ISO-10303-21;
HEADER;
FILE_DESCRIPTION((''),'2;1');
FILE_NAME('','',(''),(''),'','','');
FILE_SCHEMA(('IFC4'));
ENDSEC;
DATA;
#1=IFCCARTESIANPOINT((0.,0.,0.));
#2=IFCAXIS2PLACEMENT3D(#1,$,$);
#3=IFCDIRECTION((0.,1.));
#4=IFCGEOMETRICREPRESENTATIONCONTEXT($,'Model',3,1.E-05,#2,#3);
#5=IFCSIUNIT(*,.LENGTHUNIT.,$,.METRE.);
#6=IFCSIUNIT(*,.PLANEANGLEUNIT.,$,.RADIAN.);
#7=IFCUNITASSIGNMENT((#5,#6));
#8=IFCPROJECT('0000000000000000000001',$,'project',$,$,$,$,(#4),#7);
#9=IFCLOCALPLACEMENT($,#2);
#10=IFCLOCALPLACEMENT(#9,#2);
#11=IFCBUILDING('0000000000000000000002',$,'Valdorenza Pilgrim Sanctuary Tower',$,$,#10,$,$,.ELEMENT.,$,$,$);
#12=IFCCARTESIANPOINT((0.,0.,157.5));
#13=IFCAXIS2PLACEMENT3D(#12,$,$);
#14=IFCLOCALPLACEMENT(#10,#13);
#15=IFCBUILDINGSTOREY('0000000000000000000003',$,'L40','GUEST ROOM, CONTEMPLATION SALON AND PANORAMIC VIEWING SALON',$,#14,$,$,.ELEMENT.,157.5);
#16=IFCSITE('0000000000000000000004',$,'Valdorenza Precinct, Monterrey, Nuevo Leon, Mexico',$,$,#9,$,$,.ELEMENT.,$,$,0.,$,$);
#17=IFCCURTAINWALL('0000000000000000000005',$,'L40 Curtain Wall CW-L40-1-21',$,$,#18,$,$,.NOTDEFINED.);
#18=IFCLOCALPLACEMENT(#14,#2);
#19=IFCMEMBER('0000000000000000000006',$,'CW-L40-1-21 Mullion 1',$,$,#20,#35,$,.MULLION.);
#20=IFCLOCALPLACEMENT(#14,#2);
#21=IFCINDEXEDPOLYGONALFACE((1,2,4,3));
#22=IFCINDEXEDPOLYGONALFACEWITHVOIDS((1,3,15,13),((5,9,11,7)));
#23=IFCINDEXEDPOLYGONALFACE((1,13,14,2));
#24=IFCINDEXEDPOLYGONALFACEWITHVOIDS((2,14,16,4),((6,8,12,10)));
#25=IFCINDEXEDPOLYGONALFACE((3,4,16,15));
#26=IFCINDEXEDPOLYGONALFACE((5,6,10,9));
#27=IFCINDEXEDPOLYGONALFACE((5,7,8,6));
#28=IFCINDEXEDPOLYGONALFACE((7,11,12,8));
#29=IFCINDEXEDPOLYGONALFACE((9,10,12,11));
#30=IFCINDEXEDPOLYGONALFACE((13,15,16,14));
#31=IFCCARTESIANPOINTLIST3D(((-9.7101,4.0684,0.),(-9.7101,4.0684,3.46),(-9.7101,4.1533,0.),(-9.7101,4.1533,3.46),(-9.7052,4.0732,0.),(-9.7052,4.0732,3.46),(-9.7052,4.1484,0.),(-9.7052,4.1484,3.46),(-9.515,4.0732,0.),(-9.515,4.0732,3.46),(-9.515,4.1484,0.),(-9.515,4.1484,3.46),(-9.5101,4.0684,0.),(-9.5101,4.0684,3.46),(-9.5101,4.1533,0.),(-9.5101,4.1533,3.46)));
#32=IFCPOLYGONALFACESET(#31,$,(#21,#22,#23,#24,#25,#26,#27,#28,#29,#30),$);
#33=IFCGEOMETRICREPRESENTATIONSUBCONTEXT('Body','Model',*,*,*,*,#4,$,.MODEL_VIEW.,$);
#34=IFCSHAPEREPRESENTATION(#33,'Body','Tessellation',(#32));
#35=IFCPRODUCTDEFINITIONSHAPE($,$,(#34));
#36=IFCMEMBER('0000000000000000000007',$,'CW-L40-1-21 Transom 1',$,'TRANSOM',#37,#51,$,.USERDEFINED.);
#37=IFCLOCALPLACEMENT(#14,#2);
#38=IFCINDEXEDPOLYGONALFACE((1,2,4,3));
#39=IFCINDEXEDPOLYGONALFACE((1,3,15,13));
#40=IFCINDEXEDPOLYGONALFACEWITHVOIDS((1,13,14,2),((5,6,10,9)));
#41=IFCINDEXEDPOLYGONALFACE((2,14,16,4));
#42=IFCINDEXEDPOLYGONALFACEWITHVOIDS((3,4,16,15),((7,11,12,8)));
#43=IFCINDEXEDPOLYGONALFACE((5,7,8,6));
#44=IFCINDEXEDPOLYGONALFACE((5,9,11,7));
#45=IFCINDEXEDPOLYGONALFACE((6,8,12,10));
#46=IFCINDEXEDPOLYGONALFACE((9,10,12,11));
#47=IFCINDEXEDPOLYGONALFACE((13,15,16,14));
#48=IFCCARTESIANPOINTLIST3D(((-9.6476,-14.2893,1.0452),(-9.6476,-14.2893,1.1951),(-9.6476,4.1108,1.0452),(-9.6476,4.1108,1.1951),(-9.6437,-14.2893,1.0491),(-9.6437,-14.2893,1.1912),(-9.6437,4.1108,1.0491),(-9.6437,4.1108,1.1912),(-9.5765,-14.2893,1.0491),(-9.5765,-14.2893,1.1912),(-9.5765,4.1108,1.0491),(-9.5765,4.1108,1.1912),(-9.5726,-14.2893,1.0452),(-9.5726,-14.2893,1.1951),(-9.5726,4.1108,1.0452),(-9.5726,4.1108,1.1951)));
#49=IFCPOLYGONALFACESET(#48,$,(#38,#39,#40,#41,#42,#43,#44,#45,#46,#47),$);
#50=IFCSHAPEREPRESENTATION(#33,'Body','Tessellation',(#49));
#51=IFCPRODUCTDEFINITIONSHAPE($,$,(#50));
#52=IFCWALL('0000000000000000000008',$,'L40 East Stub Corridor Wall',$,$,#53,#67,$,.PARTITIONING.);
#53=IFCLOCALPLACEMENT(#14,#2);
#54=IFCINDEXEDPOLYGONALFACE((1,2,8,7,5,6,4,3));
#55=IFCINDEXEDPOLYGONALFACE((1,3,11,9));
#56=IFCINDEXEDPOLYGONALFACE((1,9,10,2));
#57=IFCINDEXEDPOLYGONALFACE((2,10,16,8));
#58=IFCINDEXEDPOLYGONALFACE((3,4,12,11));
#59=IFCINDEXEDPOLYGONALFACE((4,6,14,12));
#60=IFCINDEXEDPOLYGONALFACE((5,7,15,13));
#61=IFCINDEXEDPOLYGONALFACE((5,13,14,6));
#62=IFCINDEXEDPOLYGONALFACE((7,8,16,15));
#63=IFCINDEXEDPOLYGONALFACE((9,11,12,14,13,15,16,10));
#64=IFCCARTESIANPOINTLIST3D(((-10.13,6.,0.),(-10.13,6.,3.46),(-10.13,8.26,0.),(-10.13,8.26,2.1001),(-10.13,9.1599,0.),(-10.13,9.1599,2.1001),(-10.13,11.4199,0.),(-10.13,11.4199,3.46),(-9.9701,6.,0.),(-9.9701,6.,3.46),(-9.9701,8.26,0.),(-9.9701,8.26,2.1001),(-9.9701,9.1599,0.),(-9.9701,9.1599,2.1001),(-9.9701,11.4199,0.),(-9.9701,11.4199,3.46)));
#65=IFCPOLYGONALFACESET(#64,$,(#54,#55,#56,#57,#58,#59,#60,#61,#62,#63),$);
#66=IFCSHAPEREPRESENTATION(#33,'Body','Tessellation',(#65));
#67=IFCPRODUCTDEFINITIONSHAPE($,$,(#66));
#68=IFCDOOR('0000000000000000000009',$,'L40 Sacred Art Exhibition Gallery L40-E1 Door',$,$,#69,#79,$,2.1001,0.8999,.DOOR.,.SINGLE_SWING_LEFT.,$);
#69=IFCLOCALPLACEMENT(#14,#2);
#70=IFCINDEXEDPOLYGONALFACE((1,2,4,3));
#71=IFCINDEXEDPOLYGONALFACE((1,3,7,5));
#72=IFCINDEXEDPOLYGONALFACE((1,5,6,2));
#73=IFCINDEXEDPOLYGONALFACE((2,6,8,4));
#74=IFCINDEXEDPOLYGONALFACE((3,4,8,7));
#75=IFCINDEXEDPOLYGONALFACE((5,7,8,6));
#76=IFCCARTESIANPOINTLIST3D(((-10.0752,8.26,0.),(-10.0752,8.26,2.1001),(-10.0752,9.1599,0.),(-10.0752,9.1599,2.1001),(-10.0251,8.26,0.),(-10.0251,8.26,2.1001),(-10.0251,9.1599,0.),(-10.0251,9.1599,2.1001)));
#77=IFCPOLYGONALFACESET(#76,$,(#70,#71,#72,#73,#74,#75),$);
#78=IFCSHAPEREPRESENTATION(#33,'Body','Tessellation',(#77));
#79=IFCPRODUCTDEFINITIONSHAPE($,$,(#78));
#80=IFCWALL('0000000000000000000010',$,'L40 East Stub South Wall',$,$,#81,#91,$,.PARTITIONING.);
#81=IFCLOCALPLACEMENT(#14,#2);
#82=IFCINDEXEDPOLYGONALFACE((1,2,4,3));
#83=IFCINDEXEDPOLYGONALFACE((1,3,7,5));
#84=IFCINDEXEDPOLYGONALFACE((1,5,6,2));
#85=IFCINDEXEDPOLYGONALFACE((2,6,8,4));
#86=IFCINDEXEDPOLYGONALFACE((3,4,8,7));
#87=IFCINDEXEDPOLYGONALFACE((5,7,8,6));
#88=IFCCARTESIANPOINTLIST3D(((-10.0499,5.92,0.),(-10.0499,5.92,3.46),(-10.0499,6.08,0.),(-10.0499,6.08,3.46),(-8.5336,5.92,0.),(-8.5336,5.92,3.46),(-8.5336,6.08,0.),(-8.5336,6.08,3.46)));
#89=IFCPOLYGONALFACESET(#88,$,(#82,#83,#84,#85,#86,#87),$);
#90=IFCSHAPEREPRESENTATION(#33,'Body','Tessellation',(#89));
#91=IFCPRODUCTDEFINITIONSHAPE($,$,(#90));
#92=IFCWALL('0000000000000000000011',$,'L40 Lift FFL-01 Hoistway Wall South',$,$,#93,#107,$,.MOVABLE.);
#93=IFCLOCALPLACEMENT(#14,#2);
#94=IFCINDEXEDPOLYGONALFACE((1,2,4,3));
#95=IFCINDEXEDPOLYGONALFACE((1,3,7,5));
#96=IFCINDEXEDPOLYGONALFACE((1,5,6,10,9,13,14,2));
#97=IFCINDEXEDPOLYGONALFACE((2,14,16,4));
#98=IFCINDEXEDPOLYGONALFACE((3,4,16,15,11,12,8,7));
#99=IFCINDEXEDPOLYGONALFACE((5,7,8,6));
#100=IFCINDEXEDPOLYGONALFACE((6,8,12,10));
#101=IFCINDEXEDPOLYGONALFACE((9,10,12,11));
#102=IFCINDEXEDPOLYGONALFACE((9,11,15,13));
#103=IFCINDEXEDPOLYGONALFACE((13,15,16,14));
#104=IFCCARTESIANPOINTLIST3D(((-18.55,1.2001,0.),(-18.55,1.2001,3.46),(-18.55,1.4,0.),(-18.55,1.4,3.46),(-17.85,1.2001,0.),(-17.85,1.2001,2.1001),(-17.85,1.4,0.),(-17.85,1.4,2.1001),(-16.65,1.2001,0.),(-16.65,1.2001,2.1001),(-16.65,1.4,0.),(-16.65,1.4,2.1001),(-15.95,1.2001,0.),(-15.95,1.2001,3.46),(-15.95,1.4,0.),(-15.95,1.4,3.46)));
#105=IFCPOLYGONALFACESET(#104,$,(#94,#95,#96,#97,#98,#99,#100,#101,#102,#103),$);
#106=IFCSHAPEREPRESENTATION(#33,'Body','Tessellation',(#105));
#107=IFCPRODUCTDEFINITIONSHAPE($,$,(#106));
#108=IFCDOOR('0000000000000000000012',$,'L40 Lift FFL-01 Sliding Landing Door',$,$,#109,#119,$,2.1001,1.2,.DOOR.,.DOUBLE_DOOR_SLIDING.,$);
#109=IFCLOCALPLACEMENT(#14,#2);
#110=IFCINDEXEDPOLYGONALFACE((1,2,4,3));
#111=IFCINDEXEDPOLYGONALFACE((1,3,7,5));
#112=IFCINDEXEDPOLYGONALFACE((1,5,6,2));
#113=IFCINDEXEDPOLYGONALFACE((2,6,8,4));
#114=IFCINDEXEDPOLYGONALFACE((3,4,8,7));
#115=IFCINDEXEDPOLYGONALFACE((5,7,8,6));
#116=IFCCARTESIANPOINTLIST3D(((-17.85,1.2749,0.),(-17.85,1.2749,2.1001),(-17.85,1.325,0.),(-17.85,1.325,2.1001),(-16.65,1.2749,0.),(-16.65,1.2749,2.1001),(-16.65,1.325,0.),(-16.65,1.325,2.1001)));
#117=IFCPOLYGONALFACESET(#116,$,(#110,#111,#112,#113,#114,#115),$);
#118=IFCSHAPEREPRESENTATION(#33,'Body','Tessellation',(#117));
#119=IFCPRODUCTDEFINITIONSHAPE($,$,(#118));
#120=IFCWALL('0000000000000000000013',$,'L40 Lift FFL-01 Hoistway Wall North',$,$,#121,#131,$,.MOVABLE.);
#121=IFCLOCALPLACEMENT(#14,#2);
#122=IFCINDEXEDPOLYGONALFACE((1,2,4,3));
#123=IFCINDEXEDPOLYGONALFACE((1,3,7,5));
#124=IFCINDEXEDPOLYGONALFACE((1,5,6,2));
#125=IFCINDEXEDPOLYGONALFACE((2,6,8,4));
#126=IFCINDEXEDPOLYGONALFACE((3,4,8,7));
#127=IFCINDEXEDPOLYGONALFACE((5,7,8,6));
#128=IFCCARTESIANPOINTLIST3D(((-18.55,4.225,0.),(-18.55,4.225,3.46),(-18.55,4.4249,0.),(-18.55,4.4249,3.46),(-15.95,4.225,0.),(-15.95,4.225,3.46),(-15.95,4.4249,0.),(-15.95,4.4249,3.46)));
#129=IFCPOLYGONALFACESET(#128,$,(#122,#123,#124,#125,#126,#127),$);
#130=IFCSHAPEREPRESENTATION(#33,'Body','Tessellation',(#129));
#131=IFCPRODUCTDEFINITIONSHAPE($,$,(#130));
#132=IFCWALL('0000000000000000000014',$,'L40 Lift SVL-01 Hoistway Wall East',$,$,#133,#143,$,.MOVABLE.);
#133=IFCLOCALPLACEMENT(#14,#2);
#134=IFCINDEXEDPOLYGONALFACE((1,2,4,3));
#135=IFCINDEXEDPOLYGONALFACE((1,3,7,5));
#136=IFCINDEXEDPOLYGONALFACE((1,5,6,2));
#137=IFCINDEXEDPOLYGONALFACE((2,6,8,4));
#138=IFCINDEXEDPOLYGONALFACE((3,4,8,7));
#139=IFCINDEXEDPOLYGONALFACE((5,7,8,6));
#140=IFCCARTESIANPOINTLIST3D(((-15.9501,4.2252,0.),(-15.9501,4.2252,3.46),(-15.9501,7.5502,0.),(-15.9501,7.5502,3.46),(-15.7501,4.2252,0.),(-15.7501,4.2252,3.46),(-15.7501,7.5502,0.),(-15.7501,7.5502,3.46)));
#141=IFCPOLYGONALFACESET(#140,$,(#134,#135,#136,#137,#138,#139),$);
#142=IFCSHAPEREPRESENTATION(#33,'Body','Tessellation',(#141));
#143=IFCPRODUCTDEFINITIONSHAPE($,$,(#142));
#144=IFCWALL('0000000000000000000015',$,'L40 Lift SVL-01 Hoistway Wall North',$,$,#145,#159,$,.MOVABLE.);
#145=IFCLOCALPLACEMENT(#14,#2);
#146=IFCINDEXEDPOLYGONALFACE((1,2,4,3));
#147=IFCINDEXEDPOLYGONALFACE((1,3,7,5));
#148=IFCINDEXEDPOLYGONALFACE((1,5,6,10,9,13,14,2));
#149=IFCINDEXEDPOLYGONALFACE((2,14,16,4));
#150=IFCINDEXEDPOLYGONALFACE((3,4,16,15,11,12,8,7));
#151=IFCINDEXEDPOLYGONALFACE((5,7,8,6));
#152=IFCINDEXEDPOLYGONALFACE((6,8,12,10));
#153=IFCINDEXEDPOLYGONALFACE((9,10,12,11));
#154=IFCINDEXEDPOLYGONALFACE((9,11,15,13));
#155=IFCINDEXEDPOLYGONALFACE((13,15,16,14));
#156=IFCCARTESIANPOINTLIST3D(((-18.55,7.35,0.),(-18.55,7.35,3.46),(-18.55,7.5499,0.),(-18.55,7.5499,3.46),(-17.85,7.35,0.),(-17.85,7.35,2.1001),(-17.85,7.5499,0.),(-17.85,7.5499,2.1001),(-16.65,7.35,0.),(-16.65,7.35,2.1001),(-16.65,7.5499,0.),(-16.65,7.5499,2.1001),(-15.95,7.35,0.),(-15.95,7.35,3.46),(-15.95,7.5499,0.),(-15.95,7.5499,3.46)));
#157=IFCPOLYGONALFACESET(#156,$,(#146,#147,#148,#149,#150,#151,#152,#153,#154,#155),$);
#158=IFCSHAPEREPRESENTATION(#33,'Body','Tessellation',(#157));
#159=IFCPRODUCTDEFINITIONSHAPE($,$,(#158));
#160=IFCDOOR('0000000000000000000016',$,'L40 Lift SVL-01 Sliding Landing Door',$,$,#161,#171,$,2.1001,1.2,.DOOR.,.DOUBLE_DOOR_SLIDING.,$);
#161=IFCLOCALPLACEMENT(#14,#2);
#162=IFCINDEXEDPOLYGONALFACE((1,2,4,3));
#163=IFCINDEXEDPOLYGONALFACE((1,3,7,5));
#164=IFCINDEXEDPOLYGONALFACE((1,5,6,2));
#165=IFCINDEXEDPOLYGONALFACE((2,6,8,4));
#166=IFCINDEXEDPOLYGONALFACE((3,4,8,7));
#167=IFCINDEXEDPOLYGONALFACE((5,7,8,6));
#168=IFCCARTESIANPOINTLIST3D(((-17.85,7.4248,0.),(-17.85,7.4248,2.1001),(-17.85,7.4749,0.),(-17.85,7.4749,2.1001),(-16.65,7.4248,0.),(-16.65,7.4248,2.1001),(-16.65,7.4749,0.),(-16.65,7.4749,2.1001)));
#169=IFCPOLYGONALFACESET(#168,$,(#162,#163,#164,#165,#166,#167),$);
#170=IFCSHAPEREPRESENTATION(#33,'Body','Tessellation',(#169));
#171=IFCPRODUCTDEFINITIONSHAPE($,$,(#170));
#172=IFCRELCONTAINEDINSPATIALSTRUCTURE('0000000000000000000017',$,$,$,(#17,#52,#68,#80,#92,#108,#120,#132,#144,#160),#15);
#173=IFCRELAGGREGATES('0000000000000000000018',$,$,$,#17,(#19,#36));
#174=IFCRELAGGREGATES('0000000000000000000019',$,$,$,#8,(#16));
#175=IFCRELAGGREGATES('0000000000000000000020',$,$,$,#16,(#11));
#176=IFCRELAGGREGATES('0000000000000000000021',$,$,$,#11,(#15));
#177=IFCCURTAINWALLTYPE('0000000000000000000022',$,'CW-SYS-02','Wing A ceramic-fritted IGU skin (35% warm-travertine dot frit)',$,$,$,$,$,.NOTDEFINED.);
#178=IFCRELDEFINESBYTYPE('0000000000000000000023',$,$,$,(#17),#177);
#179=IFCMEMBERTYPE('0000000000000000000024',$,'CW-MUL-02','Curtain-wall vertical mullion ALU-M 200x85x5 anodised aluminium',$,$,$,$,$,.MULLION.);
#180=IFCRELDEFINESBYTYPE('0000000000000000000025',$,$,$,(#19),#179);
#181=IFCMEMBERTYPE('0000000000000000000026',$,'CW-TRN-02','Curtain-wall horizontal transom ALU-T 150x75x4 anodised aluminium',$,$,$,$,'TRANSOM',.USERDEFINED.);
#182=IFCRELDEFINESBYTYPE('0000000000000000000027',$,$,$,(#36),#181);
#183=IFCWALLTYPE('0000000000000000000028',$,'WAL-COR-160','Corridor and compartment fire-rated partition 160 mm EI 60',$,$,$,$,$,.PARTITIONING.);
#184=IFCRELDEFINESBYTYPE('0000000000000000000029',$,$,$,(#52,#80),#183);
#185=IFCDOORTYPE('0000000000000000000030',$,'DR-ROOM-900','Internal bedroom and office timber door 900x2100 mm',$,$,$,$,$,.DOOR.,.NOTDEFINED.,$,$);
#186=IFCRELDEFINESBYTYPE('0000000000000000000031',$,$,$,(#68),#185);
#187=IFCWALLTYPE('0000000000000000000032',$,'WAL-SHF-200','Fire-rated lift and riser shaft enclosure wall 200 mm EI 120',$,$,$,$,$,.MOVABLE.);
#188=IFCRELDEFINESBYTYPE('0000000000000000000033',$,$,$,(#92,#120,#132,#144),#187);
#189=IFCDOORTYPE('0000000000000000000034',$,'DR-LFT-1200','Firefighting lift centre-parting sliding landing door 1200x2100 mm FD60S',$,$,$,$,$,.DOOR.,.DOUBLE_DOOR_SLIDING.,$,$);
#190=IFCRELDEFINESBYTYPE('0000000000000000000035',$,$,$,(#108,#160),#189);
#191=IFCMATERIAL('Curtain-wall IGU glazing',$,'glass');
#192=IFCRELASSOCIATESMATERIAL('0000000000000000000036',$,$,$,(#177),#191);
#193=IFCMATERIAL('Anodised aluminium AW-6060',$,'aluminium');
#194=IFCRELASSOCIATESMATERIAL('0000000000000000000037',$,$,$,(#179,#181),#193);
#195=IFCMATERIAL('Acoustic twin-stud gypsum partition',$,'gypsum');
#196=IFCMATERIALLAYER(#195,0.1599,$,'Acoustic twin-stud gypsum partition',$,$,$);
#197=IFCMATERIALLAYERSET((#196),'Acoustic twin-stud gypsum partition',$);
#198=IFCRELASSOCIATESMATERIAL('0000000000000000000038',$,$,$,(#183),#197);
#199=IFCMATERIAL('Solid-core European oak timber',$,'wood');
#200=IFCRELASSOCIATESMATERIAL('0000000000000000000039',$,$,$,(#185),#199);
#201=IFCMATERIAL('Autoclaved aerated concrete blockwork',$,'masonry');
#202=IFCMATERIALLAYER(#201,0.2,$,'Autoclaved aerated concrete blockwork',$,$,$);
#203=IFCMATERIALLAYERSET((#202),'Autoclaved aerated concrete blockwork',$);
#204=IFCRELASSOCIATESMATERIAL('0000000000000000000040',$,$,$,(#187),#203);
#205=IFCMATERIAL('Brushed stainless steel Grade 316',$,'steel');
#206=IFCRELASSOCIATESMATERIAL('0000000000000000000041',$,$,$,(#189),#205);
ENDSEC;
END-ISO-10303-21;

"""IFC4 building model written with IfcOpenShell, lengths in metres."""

from ifc_helpers import new_model, si_unit, direction, frame, frame_2d, origin, origin_2d, place, context, subcontext, project, spatial, rectangle, hollow_rectangle, extrude, source, transform, mapped, material, layer, layer_set, material_profile, profile_set, type_object, element, fill, aggregate, save


model = new_model("IFC4")

# Units and contexts
model_context = context("Model", 3, precision=1e-05, world=origin(), true_north=direction((0.0, 1.0)))
body_context = subcontext(model_context, "Body", "Model", "MODEL_VIEW")
ifc_project = project(units=[si_unit("LENGTHUNIT", "METRE"), si_unit("PLANEANGLEUNIT", "RADIAN")], contexts=[model_context])

# Site, building, storey
site_placement = place(None, origin())
site = spatial("IfcSite", under=ifc_project, at=site_placement, Name="Valdorenza Precinct, Monterrey, Nuevo Leon, Mexico", CompositionType="ELEMENT", RefElevation=0.0)
building_placement = place(site_placement, origin())
building = spatial("IfcBuilding", under=site, at=building_placement, Name="Valdorenza Pilgrim Sanctuary Tower", CompositionType="ELEMENT")
storey_placement = place(building_placement, frame((0.0, 0.0, 157.5)))
storey = spatial("IfcBuildingStorey", under=building, at=storey_placement, Name="L40", Description="GUEST ROOM, CONTEMPLATION SALON AND PANORAMIC VIEWING SALON", CompositionType="ELEMENT", Elevation=157.5)

# Curtain wall, members
ifc_material_1 = material(Name="Curtain-wall IGU glazing", Category="glass")
curtain_wall_type = type_object("IfcCurtainWallType", Name="CW-SYS-02", Description="Wing A ceramic-fritted IGU skin (35% warm-travertine dot frit)", PredefinedType="NOTDEFINED", material=ifc_material_1)
curtain_wall_placement = place(storey_placement, origin())
curtain_wall = element("IfcCurtainWall", 1, at=curtain_wall_placement, inside=storey, type_object=curtain_wall_type, Name="L40 Curtain Wall CW-L40-1-21", PredefinedType="NOTDEFINED")
ifc_material_2 = material(Name="Anodised aluminium AW-6060", Category="aluminium")
ifc_material_profile_1 = material_profile(ifc_material_2, hollow_rectangle(XDim=0.085, YDim=0.2, WallThickness=0.0049, at=origin_2d()), Name="ALU-M 200x85x5")
ifc_profile_set_1 = profile_set([ifc_material_profile_1], Name="Anodised aluminium AW-6060")
member_type_1 = type_object("IfcMemberType", Name="CW-MUL-02", Description="Curtain-wall vertical mullion ALU-M 200x85x5 anodised aluminium", PredefinedType="MULLION", material=ifc_profile_set_1)
shared_shape_1 = source(origin(), body_context, "Body", "SweptSolid", [
    extrude(hollow_rectangle(XDim=0.085, YDim=0.2, WallThickness=0.0049, at=origin_2d()), origin(), (0.0, 0.0, 1.0), 3.46),
])
member_1_placement = place(storey_placement, frame((-9.6101, 4.1108, 0.0), z_axis=(0.0, 0.0, 1.0), x_axis=(0.0, -1.0, 0.0)))
member_1 = element("IfcMember", 2, at=member_1_placement, type_object=member_type_1, Name="CW-L40-1-21 Mullion 1", PredefinedType="MULLION", context=body_context, shape_type="MappedRepresentation", body=[
    mapped(shared_shape_1, transform((0.0, 0.0, 0.0), x_axis=(1.0, 0.0, 0.0), y_axis=(0.0, 1.0, 0.0), z_axis=(0.0, 0.0, 1.0), scale=1.0)),
])
ifc_material_profile_2 = material_profile(ifc_material_2, hollow_rectangle(XDim=0.075, YDim=0.1499, WallThickness=0.0039, at=origin_2d()), Name="ALU-T 150x75x4")
ifc_profile_set_2 = profile_set([ifc_material_profile_2], Name="Anodised aluminium AW-6060")
member_type_2 = type_object("IfcMemberType", Name="CW-TRN-02", Description="Curtain-wall horizontal transom ALU-T 150x75x4 anodised aluminium", ElementType="TRANSOM", PredefinedType="USERDEFINED", material=ifc_profile_set_2)
shared_shape_2 = source(origin(), body_context, "Body", "SweptSolid", [
    extrude(hollow_rectangle(XDim=0.075, YDim=0.1499, WallThickness=0.0039, at=origin_2d()), origin(), (0.0, 0.0, 1.0), 18.4001),
])
member_2_placement = place(storey_placement, frame((-9.6101, 4.1108, 1.1201), z_axis=(0.0, -1.0, 0.0), x_axis=(1.0, 0.0, 0.0)))
member_2 = element("IfcMember", 3, at=member_2_placement, type_object=member_type_2, Name="CW-L40-1-21 Transom 1", ObjectType="TRANSOM", PredefinedType="USERDEFINED", context=body_context, shape_type="MappedRepresentation", body=[
    mapped(shared_shape_2, transform((0.0, 0.0, 0.0), x_axis=(1.0, 0.0, 0.0), y_axis=(0.0, 1.0, 0.0), z_axis=(0.0, 0.0, 1.0), scale=1.0)),
])
aggregate(curtain_wall, [member_1, member_2])

# Wall, opening, door
ifc_material_3 = material(Name="Acoustic twin-stud gypsum partition", Category="gypsum")
ifc_layer_1 = layer(ifc_material_3, 0.1599, Name="Acoustic twin-stud gypsum partition")
ifc_layer_set_1 = layer_set([ifc_layer_1], Name="Acoustic twin-stud gypsum partition")
wall_type_1 = type_object("IfcWallType", Name="WAL-COR-160", Description="Corridor and compartment fire-rated partition 160 mm EI 60", PredefinedType="PARTITIONING", material=ifc_layer_set_1)
wall_1_placement = place(storey_placement, frame((-10.05, 6.0, 0.0), z_axis=(0.0, 0.0, 1.0), x_axis=(0.0, 1.0, 0.0)))
wall_1 = element("IfcWall", 4, at=wall_1_placement, inside=storey, type_object=wall_type_1, Name="L40 East Stub Corridor Wall", PredefinedType="PARTITIONING", context=body_context, shape_type="SweptSolid", body=[
    extrude(rectangle(XDim=5.4199, YDim=0.1599, at=frame_2d((2.71, 0.0))), origin(), (0.0, 0.0, 1.0), 3.46),
])
opening_1_placement = place(wall_1_placement, frame((2.26, 0.0, 0.0)))
opening_1 = element("IfcOpeningElement", 5, at=opening_1_placement, cuts=wall_1, PredefinedType="OPENING", context=body_context, shape_type="SweptSolid", body=[
    extrude(rectangle(XDim=0.8999, YDim=2.1001, at=frame_2d((0.45, 1.05))), frame((0.0, 0.0947, 0.0), z_axis=(0.0, -1.0, 0.0), x_axis=(1.0, 0.0, 0.0)), (0.0, 0.0, 1.0), 0.1897),
])
ifc_material_4 = material(Name="Solid-core European oak timber", Category="wood")
door_type_1 = type_object("IfcDoorType", Name="DR-ROOM-900", Description="Internal bedroom and office timber door 900x2100 mm", OperationType="NOTDEFINED", PredefinedType="DOOR", material=ifc_material_4)
door_1_placement = place(opening_1_placement, frame((0.8999, 0.0, 0.0), z_axis=(0.0, 0.0, 1.0), x_axis=(-1.0, 0.0, 0.0)))
door_1 = element("IfcDoor", 6, at=door_1_placement, inside=storey, type_object=door_type_1, Name="L40 Sacred Art Exhibition Gallery L40-E1 Door", OperationType="SINGLE_SWING_LEFT", OverallHeight=2.1001, OverallWidth=0.8999, PredefinedType="DOOR", context=body_context, shape_type="SweptSolid", body=[
    extrude(rectangle(XDim=0.8999, YDim=2.1001, at=frame_2d((0.45, 1.05))), frame((0.0, 0.0249, 0.0), z_axis=(0.0, -1.0, 0.0), x_axis=(1.0, 0.0, 0.0)), (0.0, 0.0, 1.0), 0.05),
])
fill(opening_1, door_1)

# Wall
wall_2_placement = place(storey_placement, frame((-10.05, 6.0, 0.0), z_axis=(0.0, 0.0, 1.0), x_axis=(1.0, 0.0, 0.0)))
element("IfcWall", 7, at=wall_2_placement, inside=storey, type_object=wall_type_1, Name="L40 East Stub South Wall", PredefinedType="PARTITIONING", context=body_context, shape_type="SweptSolid", body=[
    extrude(rectangle(XDim=1.5164, YDim=0.1599, at=frame_2d((0.7583, 0.0))), origin(), (0.0, 0.0, 1.0), 3.46),
])

# Wall, opening, door
ifc_material_5 = material(Name="Autoclaved aerated concrete blockwork", Category="masonry")
ifc_layer_2 = layer(ifc_material_5, 0.2, Name="Autoclaved aerated concrete blockwork")
ifc_layer_set_2 = layer_set([ifc_layer_2], Name="Autoclaved aerated concrete blockwork")
wall_type_2 = type_object("IfcWallType", Name="WAL-SHF-200", Description="Fire-rated lift and riser shaft enclosure wall 200 mm EI 120", PredefinedType="MOVABLE", material=ifc_layer_set_2)
wall_3_placement = place(storey_placement, frame((-18.55, 1.3, 0.0), z_axis=(0.0, 0.0, 1.0), x_axis=(1.0, 0.0, 0.0)))
wall_3 = element("IfcWall", 8, at=wall_3_placement, inside=storey, type_object=wall_type_2, Name="L40 Lift FFL-01 Hoistway Wall South", PredefinedType="MOVABLE", context=body_context, shape_type="SweptSolid", body=[
    extrude(rectangle(XDim=2.6001, YDim=0.2, at=frame_2d((1.3, 0.0))), origin(), (0.0, 0.0, 1.0), 3.46),
])
opening_2_placement = place(wall_3_placement, frame((0.7, 0.0, 0.0)))
opening_2 = element("IfcOpeningElement", 9, at=opening_2_placement, cuts=wall_3, PredefinedType="OPENING", context=body_context, shape_type="SweptSolid", body=[
    extrude(rectangle(XDim=1.2, YDim=2.1001, at=frame_2d((0.6001, 1.05))), frame((0.0, 0.1147, 0.0), z_axis=(0.0, -1.0, 0.0), x_axis=(1.0, 0.0, 0.0)), (0.0, 0.0, 1.0), 0.2297),
])
ifc_material_6 = material(Name="Brushed stainless steel Grade 316", Category="steel")
door_type_2 = type_object("IfcDoorType", Name="DR-LFT-1200", Description="Firefighting lift centre-parting sliding landing door 1200x2100 mm FD60S", OperationType="DOUBLE_DOOR_SLIDING", PredefinedType="DOOR", material=ifc_material_6)
door_2_placement = place(opening_2_placement, origin())
door_2 = element("IfcDoor", 10, at=door_2_placement, inside=storey, type_object=door_type_2, Name="L40 Lift FFL-01 Sliding Landing Door", OperationType="DOUBLE_DOOR_SLIDING", OverallHeight=2.1001, OverallWidth=1.2, PredefinedType="DOOR", context=body_context, shape_type="SweptSolid", body=[
    extrude(rectangle(XDim=1.2, YDim=2.1001, at=frame_2d((0.6001, 1.05))), frame((0.0, 0.0249, 0.0), z_axis=(0.0, -1.0, 0.0), x_axis=(1.0, 0.0, 0.0)), (0.0, 0.0, 1.0), 0.05),
])
fill(opening_2, door_2)

# Walls
wall_4_placement = place(storey_placement, frame((-18.55, 4.325, 0.0), z_axis=(0.0, 0.0, 1.0), x_axis=(1.0, 0.0, 0.0)))
element("IfcWall", 11, at=wall_4_placement, inside=storey, type_object=wall_type_2, Name="L40 Lift FFL-01 Hoistway Wall North", PredefinedType="MOVABLE", context=body_context, shape_type="SweptSolid", body=[
    extrude(rectangle(XDim=2.6001, YDim=0.2, at=frame_2d((1.3, 0.0))), origin(), (0.0, 0.0, 1.0), 3.46),
])
wall_5_placement = place(storey_placement, frame((-15.8501, 4.2251, 0.0), z_axis=(0.0, 0.0, 1.0), x_axis=(0.0, 1.0, 0.0)))
element("IfcWall", 12, at=wall_5_placement, inside=storey, type_object=wall_type_2, Name="L40 Lift SVL-01 Hoistway Wall East", PredefinedType="MOVABLE", context=body_context, shape_type="SweptSolid", body=[
    extrude(rectangle(XDim=3.325, YDim=0.2, at=frame_2d((1.6626, 0.0))), origin(), (0.0, 0.0, 1.0), 3.46),
])

# Wall, opening, door
wall_6_placement = place(storey_placement, frame((-18.55, 7.45, 0.0), z_axis=(0.0, 0.0, 1.0), x_axis=(1.0, 0.0, 0.0)))
wall_6 = element("IfcWall", 13, at=wall_6_placement, inside=storey, type_object=wall_type_2, Name="L40 Lift SVL-01 Hoistway Wall North", PredefinedType="MOVABLE", context=body_context, shape_type="SweptSolid", body=[
    extrude(rectangle(XDim=2.6001, YDim=0.2, at=frame_2d((1.3, 0.0))), origin(), (0.0, 0.0, 1.0), 3.46),
])
opening_3_placement = place(wall_6_placement, frame((0.7, 0.0, 0.0)))
opening_3 = element("IfcOpeningElement", 14, at=opening_3_placement, cuts=wall_6, PredefinedType="OPENING", context=body_context, shape_type="SweptSolid", body=[
    extrude(rectangle(XDim=1.2, YDim=2.1001, at=frame_2d((0.6001, 1.05))), frame((0.0, 0.1147, 0.0), z_axis=(0.0, -1.0, 0.0), x_axis=(1.0, 0.0, 0.0)), (0.0, 0.0, 1.0), 0.2297),
])
door_3_placement = place(opening_3_placement, origin())
door_3 = element("IfcDoor", 15, at=door_3_placement, inside=storey, type_object=door_type_2, Name="L40 Lift SVL-01 Sliding Landing Door", OperationType="DOUBLE_DOOR_SLIDING", OverallHeight=2.1001, OverallWidth=1.2, PredefinedType="DOOR", context=body_context, shape_type="SweptSolid", body=[
    extrude(rectangle(XDim=1.2, YDim=2.1001, at=frame_2d((0.6001, 1.05))), frame((0.0, 0.0249, 0.0), z_axis=(0.0, -1.0, 0.0), x_axis=(1.0, 0.0, 0.0)), (0.0, 0.0, 1.0), 0.05),
])
fill(opening_3, door_3)

save(model, "model.ifc")
